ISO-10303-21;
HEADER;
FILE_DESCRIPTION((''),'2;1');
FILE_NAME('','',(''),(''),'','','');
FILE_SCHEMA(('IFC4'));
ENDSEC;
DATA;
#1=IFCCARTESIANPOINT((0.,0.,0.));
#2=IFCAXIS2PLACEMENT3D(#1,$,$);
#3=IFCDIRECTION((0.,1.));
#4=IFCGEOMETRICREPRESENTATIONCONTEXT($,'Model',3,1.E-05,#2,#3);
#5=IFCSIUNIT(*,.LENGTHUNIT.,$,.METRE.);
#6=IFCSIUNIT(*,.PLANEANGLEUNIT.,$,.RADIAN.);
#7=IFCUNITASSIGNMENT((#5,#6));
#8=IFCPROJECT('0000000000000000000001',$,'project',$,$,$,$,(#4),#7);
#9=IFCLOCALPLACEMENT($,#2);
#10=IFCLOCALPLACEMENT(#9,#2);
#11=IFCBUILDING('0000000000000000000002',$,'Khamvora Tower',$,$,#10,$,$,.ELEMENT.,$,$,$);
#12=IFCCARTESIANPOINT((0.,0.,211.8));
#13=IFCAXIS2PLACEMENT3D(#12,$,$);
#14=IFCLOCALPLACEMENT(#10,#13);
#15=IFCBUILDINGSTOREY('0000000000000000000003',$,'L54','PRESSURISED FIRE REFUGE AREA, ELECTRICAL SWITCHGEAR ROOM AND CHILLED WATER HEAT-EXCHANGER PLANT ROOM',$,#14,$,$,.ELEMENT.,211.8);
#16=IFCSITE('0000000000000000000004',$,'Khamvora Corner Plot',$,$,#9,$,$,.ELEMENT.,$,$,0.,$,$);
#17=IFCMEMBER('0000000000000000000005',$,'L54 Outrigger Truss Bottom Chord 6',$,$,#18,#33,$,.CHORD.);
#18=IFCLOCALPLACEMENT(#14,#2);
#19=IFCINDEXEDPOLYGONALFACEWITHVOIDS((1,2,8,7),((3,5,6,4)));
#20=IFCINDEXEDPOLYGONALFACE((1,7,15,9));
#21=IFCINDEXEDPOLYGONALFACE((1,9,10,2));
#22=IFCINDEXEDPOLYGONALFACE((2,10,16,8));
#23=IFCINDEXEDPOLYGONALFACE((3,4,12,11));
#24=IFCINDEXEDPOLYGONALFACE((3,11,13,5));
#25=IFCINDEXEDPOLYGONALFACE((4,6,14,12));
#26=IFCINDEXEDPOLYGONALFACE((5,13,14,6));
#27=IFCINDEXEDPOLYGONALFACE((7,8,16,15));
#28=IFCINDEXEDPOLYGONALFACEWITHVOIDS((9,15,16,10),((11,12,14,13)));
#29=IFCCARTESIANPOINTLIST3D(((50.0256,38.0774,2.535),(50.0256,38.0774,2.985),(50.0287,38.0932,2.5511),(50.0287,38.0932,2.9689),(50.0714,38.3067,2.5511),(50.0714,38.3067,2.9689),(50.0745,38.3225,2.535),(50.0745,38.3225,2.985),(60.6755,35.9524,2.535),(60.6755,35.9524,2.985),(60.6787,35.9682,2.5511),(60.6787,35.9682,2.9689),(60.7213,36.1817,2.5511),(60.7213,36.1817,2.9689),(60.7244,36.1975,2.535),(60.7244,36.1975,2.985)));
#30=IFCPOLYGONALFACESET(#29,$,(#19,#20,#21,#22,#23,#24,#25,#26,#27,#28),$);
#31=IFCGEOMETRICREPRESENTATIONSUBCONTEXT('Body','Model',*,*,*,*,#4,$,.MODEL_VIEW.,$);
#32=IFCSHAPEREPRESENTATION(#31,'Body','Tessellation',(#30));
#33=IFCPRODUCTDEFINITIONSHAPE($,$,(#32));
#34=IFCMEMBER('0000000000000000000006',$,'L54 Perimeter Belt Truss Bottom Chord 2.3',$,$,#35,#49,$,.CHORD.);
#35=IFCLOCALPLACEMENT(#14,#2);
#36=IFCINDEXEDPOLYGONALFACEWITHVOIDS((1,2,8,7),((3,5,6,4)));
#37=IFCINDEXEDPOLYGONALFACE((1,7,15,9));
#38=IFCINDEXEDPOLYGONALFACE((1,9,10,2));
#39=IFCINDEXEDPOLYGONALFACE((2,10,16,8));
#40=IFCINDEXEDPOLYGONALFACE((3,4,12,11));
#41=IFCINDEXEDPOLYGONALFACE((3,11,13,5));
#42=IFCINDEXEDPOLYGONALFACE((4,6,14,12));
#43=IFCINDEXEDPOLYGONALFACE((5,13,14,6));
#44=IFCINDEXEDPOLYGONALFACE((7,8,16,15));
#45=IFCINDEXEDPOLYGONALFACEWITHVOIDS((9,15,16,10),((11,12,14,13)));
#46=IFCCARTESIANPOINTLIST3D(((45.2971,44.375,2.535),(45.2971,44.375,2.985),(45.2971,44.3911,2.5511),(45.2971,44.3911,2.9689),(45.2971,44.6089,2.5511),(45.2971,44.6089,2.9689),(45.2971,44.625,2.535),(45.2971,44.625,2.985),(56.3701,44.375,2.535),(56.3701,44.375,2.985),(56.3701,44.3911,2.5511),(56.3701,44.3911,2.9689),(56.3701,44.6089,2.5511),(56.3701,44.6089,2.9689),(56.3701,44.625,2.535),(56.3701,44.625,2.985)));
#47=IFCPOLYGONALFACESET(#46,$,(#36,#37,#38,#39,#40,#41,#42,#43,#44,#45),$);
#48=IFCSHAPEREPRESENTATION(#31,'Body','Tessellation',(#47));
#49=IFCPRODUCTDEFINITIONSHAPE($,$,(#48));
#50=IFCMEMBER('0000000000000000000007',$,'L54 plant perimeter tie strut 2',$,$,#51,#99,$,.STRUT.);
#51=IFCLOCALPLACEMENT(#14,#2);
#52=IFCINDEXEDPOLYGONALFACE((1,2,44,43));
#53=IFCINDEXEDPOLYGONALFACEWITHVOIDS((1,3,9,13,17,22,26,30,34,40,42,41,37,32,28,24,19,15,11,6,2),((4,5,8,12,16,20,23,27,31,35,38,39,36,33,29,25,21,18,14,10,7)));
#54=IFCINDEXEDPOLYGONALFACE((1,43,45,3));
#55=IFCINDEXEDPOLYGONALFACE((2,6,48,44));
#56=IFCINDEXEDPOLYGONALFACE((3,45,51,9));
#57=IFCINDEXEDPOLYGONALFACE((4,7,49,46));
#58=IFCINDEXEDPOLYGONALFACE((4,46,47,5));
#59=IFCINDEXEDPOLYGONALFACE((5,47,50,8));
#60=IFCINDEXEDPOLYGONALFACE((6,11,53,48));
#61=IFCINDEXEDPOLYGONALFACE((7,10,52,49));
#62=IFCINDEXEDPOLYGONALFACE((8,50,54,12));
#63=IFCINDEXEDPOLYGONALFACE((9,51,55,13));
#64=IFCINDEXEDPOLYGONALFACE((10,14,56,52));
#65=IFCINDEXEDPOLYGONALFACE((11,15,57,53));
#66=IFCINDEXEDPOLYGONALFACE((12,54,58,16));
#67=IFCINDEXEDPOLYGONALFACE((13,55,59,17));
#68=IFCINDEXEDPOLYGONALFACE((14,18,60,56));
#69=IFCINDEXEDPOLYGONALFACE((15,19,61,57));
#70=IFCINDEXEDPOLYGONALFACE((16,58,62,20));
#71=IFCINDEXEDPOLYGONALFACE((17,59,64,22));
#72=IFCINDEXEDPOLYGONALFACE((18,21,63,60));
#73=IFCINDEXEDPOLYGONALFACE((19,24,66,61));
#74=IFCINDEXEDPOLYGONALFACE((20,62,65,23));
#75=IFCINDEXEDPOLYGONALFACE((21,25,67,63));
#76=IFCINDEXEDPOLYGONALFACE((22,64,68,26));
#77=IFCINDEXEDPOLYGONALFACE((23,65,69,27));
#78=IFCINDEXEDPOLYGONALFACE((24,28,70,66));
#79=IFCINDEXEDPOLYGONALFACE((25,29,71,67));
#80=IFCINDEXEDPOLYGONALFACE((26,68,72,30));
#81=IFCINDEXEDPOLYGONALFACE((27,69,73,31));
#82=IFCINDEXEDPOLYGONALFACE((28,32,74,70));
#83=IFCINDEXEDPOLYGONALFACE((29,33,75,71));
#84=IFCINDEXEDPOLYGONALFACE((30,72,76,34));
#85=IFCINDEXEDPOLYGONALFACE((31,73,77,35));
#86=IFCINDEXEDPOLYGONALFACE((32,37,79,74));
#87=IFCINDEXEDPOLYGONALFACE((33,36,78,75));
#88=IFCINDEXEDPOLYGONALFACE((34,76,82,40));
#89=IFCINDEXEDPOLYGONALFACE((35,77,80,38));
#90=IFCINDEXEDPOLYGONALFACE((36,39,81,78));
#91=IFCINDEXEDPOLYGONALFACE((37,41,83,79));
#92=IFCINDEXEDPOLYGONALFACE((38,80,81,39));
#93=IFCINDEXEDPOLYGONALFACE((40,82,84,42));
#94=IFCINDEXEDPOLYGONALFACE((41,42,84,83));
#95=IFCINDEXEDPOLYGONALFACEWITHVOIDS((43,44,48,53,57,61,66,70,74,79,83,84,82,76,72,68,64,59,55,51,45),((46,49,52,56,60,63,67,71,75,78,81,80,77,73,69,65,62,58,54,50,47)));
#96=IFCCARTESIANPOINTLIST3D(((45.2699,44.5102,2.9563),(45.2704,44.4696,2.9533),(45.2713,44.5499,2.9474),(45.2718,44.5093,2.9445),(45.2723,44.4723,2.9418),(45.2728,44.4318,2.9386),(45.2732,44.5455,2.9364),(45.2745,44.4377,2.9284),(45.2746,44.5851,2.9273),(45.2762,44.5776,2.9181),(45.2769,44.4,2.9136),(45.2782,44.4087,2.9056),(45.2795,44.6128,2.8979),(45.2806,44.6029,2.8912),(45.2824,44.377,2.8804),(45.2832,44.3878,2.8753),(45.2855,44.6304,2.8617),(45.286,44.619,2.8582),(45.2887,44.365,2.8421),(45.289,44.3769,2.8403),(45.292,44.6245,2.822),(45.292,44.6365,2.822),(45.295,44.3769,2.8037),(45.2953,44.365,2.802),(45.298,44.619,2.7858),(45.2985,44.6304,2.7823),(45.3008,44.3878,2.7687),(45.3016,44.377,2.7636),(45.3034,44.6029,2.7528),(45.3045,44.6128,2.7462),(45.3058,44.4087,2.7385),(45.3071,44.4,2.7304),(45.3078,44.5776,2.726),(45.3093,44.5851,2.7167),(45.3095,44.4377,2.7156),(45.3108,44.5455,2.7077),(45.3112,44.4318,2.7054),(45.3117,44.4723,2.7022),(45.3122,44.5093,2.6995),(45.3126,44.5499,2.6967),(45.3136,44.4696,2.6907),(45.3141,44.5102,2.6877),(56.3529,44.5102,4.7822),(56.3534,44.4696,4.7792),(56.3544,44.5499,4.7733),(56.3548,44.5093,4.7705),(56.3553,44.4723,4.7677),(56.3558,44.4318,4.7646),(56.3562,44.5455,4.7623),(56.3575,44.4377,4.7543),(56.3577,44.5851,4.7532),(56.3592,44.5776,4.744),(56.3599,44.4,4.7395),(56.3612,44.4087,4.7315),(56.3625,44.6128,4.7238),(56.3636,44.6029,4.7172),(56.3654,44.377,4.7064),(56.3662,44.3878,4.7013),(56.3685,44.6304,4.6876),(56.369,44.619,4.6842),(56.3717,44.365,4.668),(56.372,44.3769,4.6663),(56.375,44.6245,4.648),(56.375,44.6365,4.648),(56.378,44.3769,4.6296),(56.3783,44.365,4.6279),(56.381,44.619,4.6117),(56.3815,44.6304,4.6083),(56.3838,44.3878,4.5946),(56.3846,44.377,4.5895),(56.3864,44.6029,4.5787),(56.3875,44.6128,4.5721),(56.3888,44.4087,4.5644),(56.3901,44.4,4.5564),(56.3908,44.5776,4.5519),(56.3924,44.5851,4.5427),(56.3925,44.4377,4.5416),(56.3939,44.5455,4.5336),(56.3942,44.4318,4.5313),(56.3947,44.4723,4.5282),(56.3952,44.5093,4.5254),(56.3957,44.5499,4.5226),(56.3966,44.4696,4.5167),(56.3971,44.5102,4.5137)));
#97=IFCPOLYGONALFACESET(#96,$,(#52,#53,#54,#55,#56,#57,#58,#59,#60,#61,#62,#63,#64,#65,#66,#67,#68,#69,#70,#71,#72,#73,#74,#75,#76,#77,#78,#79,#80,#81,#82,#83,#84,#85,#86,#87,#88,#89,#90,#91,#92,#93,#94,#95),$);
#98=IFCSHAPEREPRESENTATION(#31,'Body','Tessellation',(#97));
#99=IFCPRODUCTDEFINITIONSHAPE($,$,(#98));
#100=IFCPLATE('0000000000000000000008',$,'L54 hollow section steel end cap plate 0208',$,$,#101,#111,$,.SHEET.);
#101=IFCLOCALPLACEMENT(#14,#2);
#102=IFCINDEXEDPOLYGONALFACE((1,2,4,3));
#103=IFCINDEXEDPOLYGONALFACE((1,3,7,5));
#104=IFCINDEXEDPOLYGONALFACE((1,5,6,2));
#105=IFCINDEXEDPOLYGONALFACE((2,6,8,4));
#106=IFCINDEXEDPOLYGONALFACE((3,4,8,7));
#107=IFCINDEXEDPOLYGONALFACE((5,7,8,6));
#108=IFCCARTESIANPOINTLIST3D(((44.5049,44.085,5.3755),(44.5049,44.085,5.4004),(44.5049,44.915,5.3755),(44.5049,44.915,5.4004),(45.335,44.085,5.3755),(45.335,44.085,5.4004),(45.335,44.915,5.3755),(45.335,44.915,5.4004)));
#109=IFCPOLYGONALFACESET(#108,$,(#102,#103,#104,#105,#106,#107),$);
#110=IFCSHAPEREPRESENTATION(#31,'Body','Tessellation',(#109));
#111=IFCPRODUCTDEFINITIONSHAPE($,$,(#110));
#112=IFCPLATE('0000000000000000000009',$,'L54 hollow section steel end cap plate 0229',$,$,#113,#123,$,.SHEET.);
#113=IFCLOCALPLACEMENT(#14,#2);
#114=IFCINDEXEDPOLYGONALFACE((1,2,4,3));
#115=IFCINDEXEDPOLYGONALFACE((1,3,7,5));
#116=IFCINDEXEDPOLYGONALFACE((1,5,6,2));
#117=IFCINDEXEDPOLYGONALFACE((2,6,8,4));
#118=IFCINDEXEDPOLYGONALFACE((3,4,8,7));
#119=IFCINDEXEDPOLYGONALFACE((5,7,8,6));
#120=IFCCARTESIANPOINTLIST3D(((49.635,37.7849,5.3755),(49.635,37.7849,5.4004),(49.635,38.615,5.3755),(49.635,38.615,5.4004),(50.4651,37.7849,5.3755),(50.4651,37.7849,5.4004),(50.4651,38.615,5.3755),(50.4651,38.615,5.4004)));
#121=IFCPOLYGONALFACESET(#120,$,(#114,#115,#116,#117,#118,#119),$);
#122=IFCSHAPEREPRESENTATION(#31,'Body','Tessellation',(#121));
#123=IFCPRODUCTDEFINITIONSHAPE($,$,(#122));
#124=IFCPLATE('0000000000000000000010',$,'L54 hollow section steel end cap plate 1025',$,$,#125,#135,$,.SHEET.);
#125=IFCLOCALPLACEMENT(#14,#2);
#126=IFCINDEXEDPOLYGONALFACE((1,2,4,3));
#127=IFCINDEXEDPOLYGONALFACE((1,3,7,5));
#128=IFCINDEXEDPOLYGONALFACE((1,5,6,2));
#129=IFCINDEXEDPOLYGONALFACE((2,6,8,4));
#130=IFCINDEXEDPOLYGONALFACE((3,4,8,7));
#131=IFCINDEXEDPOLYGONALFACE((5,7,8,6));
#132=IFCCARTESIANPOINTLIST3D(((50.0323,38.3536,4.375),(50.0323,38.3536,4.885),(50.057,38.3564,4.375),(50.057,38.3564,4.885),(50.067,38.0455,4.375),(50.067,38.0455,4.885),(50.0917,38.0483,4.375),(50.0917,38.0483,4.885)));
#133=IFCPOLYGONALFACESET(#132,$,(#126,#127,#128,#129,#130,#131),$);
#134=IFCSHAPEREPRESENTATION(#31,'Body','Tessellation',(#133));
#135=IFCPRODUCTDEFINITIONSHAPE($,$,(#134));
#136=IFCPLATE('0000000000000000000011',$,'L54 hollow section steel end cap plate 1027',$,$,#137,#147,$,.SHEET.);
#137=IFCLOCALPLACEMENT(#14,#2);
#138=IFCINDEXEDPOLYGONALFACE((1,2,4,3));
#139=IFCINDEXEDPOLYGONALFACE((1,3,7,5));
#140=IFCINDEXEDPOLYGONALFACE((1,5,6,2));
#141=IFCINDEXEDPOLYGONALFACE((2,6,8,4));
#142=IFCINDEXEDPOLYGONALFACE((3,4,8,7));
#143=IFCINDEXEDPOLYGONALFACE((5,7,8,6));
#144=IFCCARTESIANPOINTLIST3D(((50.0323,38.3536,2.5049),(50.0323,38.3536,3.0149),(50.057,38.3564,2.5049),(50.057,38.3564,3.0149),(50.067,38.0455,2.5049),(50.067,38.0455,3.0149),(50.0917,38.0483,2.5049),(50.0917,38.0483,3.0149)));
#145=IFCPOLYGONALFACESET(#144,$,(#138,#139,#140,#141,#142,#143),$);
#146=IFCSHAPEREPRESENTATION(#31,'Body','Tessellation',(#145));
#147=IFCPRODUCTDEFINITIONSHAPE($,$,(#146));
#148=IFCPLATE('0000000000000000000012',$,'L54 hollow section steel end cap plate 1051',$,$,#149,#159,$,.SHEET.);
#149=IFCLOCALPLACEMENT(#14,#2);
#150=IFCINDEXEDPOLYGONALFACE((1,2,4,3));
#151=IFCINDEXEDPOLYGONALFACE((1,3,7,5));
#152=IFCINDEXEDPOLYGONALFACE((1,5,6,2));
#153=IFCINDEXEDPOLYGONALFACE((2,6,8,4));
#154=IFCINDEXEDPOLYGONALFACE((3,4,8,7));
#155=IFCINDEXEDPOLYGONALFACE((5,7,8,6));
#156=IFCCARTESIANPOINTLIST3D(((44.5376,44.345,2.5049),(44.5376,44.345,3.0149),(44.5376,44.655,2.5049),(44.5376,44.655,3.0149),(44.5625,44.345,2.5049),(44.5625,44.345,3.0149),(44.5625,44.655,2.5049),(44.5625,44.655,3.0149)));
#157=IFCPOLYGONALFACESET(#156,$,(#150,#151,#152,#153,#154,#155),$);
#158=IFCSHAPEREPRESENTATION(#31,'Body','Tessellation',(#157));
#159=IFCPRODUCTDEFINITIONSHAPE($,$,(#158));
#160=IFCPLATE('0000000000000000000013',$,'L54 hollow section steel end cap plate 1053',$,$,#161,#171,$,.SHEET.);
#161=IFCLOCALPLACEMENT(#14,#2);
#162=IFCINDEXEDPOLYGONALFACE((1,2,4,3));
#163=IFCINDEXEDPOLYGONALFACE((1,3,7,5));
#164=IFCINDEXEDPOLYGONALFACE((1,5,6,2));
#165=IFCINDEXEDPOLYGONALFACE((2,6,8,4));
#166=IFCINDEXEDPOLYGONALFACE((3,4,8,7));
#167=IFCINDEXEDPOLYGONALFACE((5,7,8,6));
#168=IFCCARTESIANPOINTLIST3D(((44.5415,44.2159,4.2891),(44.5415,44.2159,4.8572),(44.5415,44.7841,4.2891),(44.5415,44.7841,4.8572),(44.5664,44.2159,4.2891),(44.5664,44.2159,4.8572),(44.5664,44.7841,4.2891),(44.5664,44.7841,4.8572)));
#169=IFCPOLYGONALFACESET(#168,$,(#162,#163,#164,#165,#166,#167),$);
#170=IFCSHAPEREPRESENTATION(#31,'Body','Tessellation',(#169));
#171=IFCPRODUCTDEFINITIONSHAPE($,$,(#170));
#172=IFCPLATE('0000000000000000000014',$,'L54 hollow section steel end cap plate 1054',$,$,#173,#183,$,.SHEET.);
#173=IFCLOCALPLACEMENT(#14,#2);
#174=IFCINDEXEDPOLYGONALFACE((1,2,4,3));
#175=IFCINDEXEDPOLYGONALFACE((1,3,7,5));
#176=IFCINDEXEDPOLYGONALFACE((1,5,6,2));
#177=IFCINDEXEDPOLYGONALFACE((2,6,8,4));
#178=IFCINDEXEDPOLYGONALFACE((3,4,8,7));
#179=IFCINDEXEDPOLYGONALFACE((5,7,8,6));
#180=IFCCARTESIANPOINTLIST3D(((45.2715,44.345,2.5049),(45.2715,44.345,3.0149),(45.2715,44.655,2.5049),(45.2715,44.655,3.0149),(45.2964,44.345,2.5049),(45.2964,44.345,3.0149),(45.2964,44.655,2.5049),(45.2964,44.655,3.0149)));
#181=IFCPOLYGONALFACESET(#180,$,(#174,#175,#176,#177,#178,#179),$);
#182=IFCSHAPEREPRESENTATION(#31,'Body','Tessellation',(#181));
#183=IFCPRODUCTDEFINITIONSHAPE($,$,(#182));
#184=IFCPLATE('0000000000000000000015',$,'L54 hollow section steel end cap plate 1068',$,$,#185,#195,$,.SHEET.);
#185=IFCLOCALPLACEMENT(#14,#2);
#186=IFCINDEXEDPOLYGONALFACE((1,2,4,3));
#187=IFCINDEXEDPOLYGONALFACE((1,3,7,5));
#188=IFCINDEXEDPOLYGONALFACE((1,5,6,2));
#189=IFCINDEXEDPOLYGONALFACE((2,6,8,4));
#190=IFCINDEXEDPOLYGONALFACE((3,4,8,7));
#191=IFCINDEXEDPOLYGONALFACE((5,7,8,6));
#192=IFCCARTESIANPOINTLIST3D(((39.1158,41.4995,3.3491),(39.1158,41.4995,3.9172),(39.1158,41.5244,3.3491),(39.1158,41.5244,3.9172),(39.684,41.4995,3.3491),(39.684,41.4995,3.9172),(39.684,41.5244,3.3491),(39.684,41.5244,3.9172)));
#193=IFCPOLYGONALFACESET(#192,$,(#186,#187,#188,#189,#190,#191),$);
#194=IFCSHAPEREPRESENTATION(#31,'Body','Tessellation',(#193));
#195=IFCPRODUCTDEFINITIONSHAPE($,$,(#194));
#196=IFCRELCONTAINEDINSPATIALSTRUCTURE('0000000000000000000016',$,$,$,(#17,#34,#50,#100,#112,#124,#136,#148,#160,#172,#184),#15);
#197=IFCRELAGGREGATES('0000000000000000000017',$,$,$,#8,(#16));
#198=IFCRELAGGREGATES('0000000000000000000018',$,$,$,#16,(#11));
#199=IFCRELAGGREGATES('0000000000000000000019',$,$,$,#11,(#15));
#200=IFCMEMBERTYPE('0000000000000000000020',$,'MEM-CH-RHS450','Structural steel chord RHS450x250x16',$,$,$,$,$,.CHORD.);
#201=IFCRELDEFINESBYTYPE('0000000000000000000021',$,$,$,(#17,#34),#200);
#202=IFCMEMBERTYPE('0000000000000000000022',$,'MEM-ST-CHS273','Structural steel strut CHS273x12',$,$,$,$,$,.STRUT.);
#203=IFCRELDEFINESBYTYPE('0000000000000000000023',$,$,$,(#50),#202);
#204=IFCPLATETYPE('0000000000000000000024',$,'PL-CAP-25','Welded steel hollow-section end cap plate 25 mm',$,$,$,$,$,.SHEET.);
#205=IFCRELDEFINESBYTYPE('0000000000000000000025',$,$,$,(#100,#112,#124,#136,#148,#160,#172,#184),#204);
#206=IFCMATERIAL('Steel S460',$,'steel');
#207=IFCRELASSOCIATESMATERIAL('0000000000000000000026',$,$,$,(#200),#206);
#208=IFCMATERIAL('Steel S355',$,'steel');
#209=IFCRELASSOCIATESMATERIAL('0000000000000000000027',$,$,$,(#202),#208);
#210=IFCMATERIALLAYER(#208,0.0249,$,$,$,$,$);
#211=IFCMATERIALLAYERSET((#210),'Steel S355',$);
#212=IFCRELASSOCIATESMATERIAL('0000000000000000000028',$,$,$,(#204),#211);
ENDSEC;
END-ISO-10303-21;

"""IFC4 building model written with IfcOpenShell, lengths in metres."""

from ifc_helpers import new_model, si_unit, direction, frame, origin, origin_2d, place, context, subcontext, project, spatial, rectangle, hollow_rectangle, hollow_circle, extrude, material, layer, layer_set, material_profile, profile_set, type_object, element, save


model = new_model("IFC4")

# Units and contexts
model_context = context("Model", 3, precision=1e-05, world=origin(), true_north=direction((0.0, 1.0)))
body_context = subcontext(model_context, "Body", "Model", "MODEL_VIEW")
ifc_project = project(units=[si_unit("LENGTHUNIT", "METRE"), si_unit("PLANEANGLEUNIT", "RADIAN")], contexts=[model_context])

# Site, building, storey
site_placement = place(None, origin())
site = spatial("IfcSite", under=ifc_project, at=site_placement, Name="Khamvora Corner Plot", CompositionType="ELEMENT", RefElevation=0.0)
building_placement = place(site_placement, origin())
building = spatial("IfcBuilding", under=site, at=building_placement, Name="Khamvora Tower", CompositionType="ELEMENT")
storey_placement = place(building_placement, frame((0.0, 0.0, 211.8)))
storey = spatial("IfcBuildingStorey", under=building, at=storey_placement, Name="L54", Description="PRESSURISED FIRE REFUGE AREA, ELECTRICAL SWITCHGEAR ROOM AND CHILLED WATER HEAT-EXCHANGER PLANT ROOM", CompositionType="ELEMENT", Elevation=211.8)

# Shared definitions
ifc_material_1 = material(Name="Steel S355", Category="steel")

# Shared definitions
ifc_material_2 = material(Name="Steel S460", Category="steel")

# Members
ifc_material_profile_1 = material_profile(ifc_material_2, hollow_rectangle(XDim=0.25, YDim=0.45, WallThickness=0.0161, at=origin_2d()), Name="RHS450x250x16")
ifc_profile_set_1 = profile_set([ifc_material_profile_1], Name="Steel S460")
member_type_1 = type_object("IfcMemberType", Name="MEM-CH-RHS450", Description="Structural steel chord RHS450x250x16", PredefinedType="CHORD", material=ifc_profile_set_1)
member_1_placement = place(storey_placement, frame((50.05, 38.2, 2.76), z_axis=(0.980669, -0.195675, 0.0), x_axis=(0.195675, 0.980669, 0.0)))
element("IfcMember", 1, at=member_1_placement, inside=storey, type_object=member_type_1, Name="L54 Outrigger Truss Bottom Chord 6", PredefinedType="CHORD", context=body_context, shape_type="SweptSolid", body=[
    extrude(hollow_rectangle(XDim=0.25, YDim=0.45, WallThickness=0.0161, at=origin_2d()), origin(), (0.0, 0.0, 1.0), 10.8599),
])
member_2_placement = place(storey_placement, frame((45.2971, 44.5, 2.76), z_axis=(1.0, 0.0, 0.0), x_axis=(0.0, 1.0, 0.0)))
element("IfcMember", 2, at=member_2_placement, inside=storey, type_object=member_type_1, Name="L54 Perimeter Belt Truss Bottom Chord 2.3", PredefinedType="CHORD", context=body_context, shape_type="SweptSolid", body=[
    extrude(hollow_rectangle(XDim=0.25, YDim=0.45, WallThickness=0.0161, at=origin_2d()), origin(), (0.0, 0.0, 1.0), 11.073),
])
ifc_material_profile_2 = material_profile(ifc_material_1, hollow_circle(Radius=0.1365, WallThickness=0.012, at=origin_2d()), Name="CHS273x12")
ifc_profile_set_2 = profile_set([ifc_material_profile_2], Name="Steel S355")
member_type_2 = type_object("IfcMemberType", Name="MEM-ST-CHS273", Description="Structural steel strut CHS273x12", PredefinedType="STRUT", material=ifc_profile_set_2)
member_3_placement = place(storey_placement, frame((45.292, 44.5, 2.822), z_axis=(0.986699, 0.0, 0.162559), x_axis=(0.0, 1.0, 0.0)))
element("IfcMember", 3, at=member_3_placement, inside=storey, type_object=member_type_2, Name="L54 plant perimeter tie strut 2", PredefinedType="STRUT", context=body_context, shape_type="SweptSolid", body=[
    extrude(hollow_circle(Radius=0.1365, WallThickness=0.012, at=origin_2d()), origin(), (0.0, 0.0, 1.0), 11.2324),
])

# Plates
ifc_layer_1 = layer(ifc_material_1, 0.0249)
ifc_layer_set_1 = layer_set([ifc_layer_1], Name="Steel S355")
plate_type_1 = type_object("IfcPlateType", Name="PL-CAP-25", Description="Welded steel hollow-section end cap plate 25 mm", PredefinedType="SHEET", material=ifc_layer_set_1)
for number, where, z_axis, x_axis, name in (
    (4, (44.9199, 44.5, 5.3755), (0.0, 0.0, 1.0), (1.0, 0.0, 0.0), "L54 hollow section steel end cap plate 0208"),
    (5, (50.05, 38.2, 5.3755), (0.0, 0.0, 1.0), (1.0, 0.0, 0.0), "L54 hollow section steel end cap plate 0229"),
):
    element("IfcPlate", number, at=place(storey_placement, frame(where, z_axis=z_axis, x_axis=x_axis)), inside=storey, type_object=plate_type_1, Name=name, PredefinedType="SHEET", context=body_context, shape_type="SweptSolid", body=[
        extrude(rectangle(XDim=0.8301, YDim=0.8301, at=origin_2d()), origin(), (0.0, 0.0, 1.0), 0.0249),
    ])
for number, where, z_axis, x_axis, name in (
    (6, (50.062, 38.2009, 4.375), (0.0, 0.0, 1.0), (0.993711, 0.111972, 0.0), "L54 hollow section steel end cap plate 1025"),
    (7, (50.062, 38.2009, 2.5049), (0.0, 0.0, 1.0), (0.993711, 0.111972, 0.0), "L54 hollow section steel end cap plate 1027"),
    (8, (44.55, 44.5, 2.5049), (0.0, 0.0, 1.0), (1.0, 0.0, 0.0), "L54 hollow section steel end cap plate 1051"),
):
    element("IfcPlate", number, at=place(storey_placement, frame(where, z_axis=z_axis, x_axis=x_axis)), inside=storey, type_object=plate_type_1, Name=name, PredefinedType="SHEET", context=body_context, shape_type="SweptSolid", body=[
        extrude(rectangle(XDim=0.0249, YDim=0.3101, at=origin_2d()), origin(), (0.0, 0.0, 1.0), 0.51),
    ])
plate_1_placement = place(storey_placement, frame((44.554, 44.5, 4.2891), z_axis=(0.0, 0.0, 1.0), x_axis=(1.0, 0.0, 0.0)))
element("IfcPlate", 9, at=plate_1_placement, inside=storey, type_object=plate_type_1, Name="L54 hollow section steel end cap plate 1053", PredefinedType="SHEET", context=body_context, shape_type="SweptSolid", body=[
    extrude(rectangle(XDim=0.0249, YDim=0.5681, at=origin_2d()), origin(), (0.0, 0.0, 1.0), 0.5681),
])
plate_2_placement = place(storey_placement, frame((45.2839, 44.5, 2.5049), z_axis=(0.0, 0.0, 1.0), x_axis=(1.0, 0.0, 0.0)))
element("IfcPlate", 10, at=plate_2_placement, inside=storey, type_object=plate_type_1, Name="L54 hollow section steel end cap plate 1054", PredefinedType="SHEET", context=body_context, shape_type="SweptSolid", body=[
    extrude(rectangle(XDim=0.0249, YDim=0.3101, at=origin_2d()), origin(), (0.0, 0.0, 1.0), 0.51),
])
plate_3_placement = place(storey_placement, frame((39.3999, 41.512, 3.3491), z_axis=(0.0, 0.0, 1.0), x_axis=(0.0, 1.0, 0.0)))
element("IfcPlate", 11, at=plate_3_placement, inside=storey, type_object=plate_type_1, Name="L54 hollow section steel end cap plate 1068", PredefinedType="SHEET", context=body_context, shape_type="SweptSolid", body=[
    extrude(rectangle(XDim=0.0249, YDim=0.5681, at=origin_2d()), origin(), (0.0, 0.0, 1.0), 0.5681),
])

save(model, "model.ifc")
